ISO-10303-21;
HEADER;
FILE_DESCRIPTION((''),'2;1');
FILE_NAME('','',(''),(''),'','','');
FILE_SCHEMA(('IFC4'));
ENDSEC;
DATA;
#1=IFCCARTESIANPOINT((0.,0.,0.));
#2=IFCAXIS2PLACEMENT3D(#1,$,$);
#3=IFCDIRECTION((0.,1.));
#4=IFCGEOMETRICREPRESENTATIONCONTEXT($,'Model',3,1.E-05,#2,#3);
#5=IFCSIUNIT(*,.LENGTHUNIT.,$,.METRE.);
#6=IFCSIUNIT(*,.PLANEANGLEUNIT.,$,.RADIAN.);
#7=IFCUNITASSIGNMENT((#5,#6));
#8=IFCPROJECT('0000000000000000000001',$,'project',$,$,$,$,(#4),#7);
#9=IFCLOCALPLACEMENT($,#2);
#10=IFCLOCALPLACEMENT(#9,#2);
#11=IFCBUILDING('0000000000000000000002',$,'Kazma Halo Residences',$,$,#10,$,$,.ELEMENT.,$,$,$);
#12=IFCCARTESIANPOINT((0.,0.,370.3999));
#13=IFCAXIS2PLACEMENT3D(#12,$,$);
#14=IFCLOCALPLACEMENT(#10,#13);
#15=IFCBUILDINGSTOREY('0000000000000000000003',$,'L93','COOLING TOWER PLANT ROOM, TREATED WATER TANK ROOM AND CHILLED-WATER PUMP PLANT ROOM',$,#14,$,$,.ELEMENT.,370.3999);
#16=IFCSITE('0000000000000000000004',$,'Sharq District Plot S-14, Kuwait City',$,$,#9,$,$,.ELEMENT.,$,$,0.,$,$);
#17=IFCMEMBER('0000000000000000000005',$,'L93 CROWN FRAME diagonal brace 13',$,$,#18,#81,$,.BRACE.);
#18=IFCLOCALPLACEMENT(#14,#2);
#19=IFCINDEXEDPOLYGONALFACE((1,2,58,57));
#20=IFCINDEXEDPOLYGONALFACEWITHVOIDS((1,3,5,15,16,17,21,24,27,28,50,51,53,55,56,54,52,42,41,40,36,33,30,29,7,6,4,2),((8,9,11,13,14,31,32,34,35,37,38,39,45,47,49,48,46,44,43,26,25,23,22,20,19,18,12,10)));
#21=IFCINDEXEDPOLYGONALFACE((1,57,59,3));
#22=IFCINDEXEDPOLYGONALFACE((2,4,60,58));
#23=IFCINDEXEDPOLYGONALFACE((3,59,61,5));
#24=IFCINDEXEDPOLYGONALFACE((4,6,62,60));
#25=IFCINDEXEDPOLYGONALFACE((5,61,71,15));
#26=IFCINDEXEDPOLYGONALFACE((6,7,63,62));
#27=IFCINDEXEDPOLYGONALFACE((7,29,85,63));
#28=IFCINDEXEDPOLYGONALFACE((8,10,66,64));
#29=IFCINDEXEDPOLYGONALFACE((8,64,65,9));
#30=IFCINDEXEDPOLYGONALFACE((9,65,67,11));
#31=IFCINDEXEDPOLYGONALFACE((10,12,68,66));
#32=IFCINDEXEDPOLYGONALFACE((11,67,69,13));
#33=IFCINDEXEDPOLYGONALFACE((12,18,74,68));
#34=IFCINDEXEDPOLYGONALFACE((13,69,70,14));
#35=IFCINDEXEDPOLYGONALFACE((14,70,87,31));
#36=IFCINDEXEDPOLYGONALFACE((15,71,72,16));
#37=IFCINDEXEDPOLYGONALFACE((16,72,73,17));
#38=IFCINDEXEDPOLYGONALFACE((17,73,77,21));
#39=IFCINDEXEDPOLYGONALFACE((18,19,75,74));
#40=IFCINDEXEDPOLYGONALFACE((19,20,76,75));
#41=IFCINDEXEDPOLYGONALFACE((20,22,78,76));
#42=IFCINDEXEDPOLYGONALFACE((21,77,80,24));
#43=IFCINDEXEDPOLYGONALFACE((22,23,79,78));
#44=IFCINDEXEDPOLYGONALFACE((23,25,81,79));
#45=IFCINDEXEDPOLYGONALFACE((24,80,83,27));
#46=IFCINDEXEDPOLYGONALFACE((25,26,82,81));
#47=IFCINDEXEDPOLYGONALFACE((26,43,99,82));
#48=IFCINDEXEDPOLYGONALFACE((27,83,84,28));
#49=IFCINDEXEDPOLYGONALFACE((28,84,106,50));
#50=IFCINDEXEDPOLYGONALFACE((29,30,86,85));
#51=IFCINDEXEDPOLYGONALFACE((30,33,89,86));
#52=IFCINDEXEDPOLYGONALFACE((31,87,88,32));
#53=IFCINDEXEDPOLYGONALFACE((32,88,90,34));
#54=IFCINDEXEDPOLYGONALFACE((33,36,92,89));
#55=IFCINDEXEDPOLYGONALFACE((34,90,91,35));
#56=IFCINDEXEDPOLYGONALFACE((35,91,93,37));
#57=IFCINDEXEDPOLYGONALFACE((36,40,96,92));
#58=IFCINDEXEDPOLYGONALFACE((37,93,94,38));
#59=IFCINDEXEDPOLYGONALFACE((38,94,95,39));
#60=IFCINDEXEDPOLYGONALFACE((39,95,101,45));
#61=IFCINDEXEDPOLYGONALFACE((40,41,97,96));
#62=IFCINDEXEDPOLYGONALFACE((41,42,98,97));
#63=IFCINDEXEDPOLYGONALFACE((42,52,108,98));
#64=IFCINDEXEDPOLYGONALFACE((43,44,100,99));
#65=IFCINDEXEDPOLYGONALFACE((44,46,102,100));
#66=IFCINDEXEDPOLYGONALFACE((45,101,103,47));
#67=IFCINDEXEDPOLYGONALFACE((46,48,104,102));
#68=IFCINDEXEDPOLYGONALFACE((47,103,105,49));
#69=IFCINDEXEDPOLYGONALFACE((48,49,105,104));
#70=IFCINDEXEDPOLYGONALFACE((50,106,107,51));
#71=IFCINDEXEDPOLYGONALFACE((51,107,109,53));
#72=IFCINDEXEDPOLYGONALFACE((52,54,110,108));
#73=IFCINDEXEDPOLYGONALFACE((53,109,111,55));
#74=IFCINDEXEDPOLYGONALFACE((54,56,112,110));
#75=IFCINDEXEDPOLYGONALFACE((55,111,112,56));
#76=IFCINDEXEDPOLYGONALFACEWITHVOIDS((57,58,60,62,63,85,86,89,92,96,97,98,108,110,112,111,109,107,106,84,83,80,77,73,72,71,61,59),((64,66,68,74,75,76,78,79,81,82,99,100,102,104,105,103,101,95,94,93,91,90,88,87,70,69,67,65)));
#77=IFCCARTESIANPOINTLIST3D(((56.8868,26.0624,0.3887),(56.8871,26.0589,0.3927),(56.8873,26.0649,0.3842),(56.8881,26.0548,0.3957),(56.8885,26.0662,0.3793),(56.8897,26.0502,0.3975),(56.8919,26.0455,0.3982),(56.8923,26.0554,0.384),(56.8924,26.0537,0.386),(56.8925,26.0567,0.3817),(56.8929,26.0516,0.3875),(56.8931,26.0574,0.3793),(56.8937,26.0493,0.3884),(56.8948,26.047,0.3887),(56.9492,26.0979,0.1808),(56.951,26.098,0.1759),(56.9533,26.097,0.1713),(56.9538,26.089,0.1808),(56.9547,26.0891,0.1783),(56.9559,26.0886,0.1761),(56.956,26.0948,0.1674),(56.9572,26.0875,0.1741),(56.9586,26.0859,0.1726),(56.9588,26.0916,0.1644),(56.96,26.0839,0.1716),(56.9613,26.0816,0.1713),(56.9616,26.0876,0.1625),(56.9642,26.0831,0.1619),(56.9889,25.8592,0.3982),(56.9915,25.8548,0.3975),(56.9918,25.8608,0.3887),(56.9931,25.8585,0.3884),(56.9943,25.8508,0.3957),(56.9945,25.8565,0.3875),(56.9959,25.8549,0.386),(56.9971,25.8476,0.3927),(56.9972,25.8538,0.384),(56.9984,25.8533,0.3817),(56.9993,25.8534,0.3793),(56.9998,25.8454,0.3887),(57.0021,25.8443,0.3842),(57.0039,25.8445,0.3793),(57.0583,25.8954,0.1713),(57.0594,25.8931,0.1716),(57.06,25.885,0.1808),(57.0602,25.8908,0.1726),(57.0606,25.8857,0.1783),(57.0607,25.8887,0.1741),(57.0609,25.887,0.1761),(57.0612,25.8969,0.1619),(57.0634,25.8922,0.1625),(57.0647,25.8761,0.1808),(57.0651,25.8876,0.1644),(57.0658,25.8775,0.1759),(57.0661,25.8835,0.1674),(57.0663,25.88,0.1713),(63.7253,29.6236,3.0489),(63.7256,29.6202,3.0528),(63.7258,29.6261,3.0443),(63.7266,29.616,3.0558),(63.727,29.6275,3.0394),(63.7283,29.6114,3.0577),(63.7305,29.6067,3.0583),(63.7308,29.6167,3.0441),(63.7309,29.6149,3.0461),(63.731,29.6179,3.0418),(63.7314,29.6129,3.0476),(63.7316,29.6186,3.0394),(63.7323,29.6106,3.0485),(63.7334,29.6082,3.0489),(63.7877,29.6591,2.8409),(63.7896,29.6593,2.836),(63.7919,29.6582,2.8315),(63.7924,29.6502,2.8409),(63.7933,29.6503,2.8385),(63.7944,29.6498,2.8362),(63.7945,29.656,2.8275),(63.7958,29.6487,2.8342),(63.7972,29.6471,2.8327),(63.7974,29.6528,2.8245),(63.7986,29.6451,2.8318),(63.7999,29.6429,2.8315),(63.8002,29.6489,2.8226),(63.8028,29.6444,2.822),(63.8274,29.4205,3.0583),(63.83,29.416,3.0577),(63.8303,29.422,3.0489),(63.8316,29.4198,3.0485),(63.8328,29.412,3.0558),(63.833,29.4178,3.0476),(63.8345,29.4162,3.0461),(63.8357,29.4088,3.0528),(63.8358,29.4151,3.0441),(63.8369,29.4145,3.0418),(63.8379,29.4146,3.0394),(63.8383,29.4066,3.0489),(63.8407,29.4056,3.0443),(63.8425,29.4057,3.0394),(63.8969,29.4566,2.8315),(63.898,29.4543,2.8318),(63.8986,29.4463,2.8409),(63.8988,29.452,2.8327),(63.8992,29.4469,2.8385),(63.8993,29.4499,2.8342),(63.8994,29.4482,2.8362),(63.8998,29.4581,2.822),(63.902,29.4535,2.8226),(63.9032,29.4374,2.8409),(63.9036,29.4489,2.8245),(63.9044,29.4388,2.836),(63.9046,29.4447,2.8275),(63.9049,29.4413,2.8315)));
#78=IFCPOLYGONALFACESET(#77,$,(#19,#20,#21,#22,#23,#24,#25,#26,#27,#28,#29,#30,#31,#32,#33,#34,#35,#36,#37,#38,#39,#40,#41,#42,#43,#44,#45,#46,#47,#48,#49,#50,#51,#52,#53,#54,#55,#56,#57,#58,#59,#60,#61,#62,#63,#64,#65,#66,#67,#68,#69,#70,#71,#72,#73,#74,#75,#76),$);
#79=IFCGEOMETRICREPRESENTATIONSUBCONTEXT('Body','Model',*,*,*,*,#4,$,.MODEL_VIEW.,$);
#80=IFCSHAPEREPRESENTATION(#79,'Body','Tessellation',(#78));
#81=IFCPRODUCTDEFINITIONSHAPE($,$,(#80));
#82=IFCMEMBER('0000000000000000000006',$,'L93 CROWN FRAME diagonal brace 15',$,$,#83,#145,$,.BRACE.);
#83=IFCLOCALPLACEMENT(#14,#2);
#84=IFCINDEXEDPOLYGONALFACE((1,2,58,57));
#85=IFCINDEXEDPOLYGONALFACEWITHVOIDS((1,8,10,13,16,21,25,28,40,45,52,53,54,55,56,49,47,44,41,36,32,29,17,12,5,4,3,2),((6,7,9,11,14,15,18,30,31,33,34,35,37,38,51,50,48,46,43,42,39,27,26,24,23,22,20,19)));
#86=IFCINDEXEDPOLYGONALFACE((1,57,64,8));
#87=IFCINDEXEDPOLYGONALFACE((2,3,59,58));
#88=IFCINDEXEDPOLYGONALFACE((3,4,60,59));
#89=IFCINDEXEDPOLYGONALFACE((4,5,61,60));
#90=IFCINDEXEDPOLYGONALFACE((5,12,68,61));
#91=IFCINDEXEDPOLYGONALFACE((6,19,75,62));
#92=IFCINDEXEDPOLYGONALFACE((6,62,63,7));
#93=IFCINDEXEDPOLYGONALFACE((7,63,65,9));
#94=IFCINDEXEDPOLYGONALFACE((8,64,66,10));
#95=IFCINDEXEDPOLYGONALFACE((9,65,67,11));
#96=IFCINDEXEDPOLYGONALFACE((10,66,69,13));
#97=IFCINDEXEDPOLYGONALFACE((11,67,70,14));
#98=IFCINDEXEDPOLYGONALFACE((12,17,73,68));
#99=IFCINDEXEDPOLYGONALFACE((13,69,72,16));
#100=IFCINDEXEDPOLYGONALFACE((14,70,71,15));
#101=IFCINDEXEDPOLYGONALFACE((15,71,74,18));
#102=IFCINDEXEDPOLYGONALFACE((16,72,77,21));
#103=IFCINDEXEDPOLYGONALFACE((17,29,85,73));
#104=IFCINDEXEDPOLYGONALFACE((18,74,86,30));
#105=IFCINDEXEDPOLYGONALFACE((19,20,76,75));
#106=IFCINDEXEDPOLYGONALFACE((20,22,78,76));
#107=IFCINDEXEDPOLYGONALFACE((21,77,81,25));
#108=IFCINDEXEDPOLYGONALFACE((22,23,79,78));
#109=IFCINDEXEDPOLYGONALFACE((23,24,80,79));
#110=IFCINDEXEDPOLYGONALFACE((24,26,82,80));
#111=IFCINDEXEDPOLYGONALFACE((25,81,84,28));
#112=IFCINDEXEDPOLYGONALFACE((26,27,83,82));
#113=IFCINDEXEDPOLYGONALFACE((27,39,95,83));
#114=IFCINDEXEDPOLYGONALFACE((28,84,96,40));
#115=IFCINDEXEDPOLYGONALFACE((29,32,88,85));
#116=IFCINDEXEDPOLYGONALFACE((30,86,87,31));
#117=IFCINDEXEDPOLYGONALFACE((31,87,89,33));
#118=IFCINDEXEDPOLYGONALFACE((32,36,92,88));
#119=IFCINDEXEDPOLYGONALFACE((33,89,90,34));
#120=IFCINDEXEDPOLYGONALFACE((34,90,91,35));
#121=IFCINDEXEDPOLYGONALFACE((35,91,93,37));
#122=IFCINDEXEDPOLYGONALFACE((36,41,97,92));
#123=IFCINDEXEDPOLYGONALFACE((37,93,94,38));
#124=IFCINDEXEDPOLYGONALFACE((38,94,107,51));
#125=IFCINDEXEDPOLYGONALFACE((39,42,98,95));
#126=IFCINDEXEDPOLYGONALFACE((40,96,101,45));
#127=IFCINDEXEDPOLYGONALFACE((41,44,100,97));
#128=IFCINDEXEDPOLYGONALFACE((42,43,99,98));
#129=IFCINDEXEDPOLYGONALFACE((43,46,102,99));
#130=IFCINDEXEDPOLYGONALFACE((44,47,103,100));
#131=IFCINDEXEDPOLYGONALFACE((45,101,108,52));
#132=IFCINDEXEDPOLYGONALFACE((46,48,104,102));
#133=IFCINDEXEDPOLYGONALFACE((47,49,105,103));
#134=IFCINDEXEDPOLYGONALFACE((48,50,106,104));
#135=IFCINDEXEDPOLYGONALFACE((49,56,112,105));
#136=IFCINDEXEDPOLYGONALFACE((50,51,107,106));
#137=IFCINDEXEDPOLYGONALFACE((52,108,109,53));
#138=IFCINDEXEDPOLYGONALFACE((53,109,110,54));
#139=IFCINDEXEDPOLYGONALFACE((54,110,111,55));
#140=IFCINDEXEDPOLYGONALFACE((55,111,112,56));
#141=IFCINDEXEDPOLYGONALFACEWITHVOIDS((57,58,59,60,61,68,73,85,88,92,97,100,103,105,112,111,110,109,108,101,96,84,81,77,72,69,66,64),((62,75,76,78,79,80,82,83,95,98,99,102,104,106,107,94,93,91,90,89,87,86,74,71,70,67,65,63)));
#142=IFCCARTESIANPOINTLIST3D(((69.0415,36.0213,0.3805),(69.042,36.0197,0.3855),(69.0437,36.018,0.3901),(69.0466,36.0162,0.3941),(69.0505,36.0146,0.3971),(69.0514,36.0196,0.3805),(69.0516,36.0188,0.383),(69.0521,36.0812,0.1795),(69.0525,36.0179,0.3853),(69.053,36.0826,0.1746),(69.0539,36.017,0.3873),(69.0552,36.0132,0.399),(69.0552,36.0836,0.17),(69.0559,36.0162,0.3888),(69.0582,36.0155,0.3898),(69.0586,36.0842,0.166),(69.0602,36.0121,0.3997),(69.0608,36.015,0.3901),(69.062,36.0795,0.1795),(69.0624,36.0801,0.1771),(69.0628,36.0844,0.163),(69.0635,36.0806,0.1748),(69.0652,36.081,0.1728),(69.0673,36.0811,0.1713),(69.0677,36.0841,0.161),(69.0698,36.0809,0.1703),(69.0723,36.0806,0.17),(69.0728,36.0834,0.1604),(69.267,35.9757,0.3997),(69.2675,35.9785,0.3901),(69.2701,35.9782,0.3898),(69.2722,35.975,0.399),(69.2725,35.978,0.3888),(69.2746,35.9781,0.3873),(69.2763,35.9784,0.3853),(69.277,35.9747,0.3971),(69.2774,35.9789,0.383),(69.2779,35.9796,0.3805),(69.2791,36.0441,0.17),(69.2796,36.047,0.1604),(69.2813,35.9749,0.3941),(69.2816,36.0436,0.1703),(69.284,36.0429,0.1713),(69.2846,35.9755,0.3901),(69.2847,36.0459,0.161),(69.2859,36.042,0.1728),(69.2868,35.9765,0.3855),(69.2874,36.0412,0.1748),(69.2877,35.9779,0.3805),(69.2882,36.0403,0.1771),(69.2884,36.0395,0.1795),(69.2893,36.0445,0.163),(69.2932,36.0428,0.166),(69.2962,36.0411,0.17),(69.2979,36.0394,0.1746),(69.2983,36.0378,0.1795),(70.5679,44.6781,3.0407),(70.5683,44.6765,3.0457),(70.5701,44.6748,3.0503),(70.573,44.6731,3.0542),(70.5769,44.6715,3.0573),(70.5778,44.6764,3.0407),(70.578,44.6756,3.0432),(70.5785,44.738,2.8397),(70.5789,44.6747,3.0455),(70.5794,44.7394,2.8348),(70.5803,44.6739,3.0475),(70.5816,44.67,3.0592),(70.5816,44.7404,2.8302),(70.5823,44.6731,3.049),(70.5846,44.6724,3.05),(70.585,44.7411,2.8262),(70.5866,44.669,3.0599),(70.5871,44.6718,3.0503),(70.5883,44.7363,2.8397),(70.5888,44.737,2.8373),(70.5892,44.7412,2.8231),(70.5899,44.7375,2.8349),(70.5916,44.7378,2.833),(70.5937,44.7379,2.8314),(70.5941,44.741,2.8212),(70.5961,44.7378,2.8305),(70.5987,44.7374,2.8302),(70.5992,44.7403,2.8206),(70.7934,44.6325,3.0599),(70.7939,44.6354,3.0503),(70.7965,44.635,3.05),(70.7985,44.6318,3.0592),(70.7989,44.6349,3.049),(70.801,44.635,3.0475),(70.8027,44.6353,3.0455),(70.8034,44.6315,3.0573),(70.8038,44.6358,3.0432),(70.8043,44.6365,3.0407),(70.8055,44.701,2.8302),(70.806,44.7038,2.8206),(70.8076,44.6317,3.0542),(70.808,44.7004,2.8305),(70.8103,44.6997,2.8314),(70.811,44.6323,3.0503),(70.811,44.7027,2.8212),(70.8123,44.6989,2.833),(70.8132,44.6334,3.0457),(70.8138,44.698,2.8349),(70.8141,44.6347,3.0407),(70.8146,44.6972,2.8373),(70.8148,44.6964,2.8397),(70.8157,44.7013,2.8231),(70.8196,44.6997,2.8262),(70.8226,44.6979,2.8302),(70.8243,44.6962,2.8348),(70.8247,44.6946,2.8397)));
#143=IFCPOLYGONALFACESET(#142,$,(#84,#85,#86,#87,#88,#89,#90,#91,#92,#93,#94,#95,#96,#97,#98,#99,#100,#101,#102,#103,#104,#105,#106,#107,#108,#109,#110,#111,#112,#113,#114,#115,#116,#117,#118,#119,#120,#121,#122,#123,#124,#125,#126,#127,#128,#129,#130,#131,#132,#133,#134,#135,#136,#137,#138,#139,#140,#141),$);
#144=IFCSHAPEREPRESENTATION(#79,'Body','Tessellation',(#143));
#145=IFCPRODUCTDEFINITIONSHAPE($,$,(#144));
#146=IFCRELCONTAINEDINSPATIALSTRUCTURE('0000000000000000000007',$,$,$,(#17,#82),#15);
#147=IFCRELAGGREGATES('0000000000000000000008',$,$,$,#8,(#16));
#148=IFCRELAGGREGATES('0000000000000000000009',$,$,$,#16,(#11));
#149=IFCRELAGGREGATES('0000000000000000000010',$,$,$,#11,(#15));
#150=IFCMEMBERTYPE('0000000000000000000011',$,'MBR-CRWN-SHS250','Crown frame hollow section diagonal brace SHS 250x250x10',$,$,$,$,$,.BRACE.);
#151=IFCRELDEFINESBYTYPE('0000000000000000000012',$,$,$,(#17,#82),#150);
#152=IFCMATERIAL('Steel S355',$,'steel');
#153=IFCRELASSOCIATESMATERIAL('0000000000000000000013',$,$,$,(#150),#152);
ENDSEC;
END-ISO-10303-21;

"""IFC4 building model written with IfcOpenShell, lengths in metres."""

from ifc_helpers import new_model, si_unit, direction, frame, origin, origin_2d, place, context, subcontext, project, spatial, hollow_rectangle, extrude, material, material_profile, profile_set, type_object, element, save


model = new_model("IFC4")

# Units and contexts
model_context = context("Model", 3, precision=1e-05, world=origin(), true_north=direction((0.0, 1.0)))
body_context = subcontext(model_context, "Body", "Model", "MODEL_VIEW")
ifc_project = project(units=[si_unit("LENGTHUNIT", "METRE"), si_unit("PLANEANGLEUNIT", "RADIAN")], contexts=[model_context])

# Site, building, storey
site_placement = place(None, origin())
site = spatial("IfcSite", under=ifc_project, at=site_placement, Name="Sharq District Plot S-14, Kuwait City", CompositionType="ELEMENT", RefElevation=0.0)
building_placement = place(site_placement, origin())
building = spatial("IfcBuilding", under=site, at=building_placement, Name="Kazma Halo Residences", CompositionType="ELEMENT")
storey_placement = place(building_placement, frame((0.0, 0.0, 370.3999)))
storey = spatial("IfcBuildingStorey", under=building, at=storey_placement, Name="L93", Description="COOLING TOWER PLANT ROOM, TREATED WATER TANK ROOM AND CHILLED-WATER PUMP PLANT ROOM", CompositionType="ELEMENT", Elevation=370.3999)

# Shared definitions
ifc_material_1 = material(Name="Steel S355", Category="steel")

# Members
ifc_material_profile_1 = material_profile(ifc_material_1, hollow_rectangle(XDim=0.25, YDim=0.25, WallThickness=0.01, InnerFilletRadius=0.01, OuterFilletRadius=0.02, at=origin_2d()), Name="SHS250x250x10")
ifc_profile_set_1 = profile_set([ifc_material_profile_1], Name="Steel S355")
member_type_1 = type_object("IfcMemberType", Name="MBR-CRWN-SHS250", Description="Crown frame hollow section diagonal brace SHS 250x250x10", PredefinedType="BRACE", material=ifc_profile_set_1)
member_1_placement = place(storey_placement, frame((56.9766, 25.9712, 0.28), z_axis=(0.838442, 0.436627, 0.326146), x_axis=(-0.461883, 0.886941, 0.0)))
element("IfcMember", 1, at=member_1_placement, inside=storey, type_object=member_type_1, Name="L93 CROWN FRAME diagonal brace 13", PredefinedType="BRACE", context=body_context, shape_type="SweptSolid", body=[
    extrude(hollow_rectangle(XDim=0.25, YDim=0.25, WallThickness=0.01, InnerFilletRadius=0.01, OuterFilletRadius=0.02, at=origin_2d()), origin(), (0.0, 0.0, 1.0), 8.1562),
])
member_2_placement = place(storey_placement, frame((69.1699, 36.0295, 0.28), z_axis=(0.166199, 0.942592, 0.289652), x_axis=(-0.984809, 0.173643, 0.0)))
element("IfcMember", 2, at=member_2_placement, inside=storey, type_object=member_type_1, Name="L93 CROWN FRAME diagonal brace 15", PredefinedType="BRACE", context=body_context, shape_type="SweptSolid", body=[
    extrude(hollow_rectangle(XDim=0.25, YDim=0.25, WallThickness=0.01, InnerFilletRadius=0.01, OuterFilletRadius=0.02, at=origin_2d()), origin(), (0.0, 0.0, 1.0), 9.1841),
])

save(model, "model.ifc")
